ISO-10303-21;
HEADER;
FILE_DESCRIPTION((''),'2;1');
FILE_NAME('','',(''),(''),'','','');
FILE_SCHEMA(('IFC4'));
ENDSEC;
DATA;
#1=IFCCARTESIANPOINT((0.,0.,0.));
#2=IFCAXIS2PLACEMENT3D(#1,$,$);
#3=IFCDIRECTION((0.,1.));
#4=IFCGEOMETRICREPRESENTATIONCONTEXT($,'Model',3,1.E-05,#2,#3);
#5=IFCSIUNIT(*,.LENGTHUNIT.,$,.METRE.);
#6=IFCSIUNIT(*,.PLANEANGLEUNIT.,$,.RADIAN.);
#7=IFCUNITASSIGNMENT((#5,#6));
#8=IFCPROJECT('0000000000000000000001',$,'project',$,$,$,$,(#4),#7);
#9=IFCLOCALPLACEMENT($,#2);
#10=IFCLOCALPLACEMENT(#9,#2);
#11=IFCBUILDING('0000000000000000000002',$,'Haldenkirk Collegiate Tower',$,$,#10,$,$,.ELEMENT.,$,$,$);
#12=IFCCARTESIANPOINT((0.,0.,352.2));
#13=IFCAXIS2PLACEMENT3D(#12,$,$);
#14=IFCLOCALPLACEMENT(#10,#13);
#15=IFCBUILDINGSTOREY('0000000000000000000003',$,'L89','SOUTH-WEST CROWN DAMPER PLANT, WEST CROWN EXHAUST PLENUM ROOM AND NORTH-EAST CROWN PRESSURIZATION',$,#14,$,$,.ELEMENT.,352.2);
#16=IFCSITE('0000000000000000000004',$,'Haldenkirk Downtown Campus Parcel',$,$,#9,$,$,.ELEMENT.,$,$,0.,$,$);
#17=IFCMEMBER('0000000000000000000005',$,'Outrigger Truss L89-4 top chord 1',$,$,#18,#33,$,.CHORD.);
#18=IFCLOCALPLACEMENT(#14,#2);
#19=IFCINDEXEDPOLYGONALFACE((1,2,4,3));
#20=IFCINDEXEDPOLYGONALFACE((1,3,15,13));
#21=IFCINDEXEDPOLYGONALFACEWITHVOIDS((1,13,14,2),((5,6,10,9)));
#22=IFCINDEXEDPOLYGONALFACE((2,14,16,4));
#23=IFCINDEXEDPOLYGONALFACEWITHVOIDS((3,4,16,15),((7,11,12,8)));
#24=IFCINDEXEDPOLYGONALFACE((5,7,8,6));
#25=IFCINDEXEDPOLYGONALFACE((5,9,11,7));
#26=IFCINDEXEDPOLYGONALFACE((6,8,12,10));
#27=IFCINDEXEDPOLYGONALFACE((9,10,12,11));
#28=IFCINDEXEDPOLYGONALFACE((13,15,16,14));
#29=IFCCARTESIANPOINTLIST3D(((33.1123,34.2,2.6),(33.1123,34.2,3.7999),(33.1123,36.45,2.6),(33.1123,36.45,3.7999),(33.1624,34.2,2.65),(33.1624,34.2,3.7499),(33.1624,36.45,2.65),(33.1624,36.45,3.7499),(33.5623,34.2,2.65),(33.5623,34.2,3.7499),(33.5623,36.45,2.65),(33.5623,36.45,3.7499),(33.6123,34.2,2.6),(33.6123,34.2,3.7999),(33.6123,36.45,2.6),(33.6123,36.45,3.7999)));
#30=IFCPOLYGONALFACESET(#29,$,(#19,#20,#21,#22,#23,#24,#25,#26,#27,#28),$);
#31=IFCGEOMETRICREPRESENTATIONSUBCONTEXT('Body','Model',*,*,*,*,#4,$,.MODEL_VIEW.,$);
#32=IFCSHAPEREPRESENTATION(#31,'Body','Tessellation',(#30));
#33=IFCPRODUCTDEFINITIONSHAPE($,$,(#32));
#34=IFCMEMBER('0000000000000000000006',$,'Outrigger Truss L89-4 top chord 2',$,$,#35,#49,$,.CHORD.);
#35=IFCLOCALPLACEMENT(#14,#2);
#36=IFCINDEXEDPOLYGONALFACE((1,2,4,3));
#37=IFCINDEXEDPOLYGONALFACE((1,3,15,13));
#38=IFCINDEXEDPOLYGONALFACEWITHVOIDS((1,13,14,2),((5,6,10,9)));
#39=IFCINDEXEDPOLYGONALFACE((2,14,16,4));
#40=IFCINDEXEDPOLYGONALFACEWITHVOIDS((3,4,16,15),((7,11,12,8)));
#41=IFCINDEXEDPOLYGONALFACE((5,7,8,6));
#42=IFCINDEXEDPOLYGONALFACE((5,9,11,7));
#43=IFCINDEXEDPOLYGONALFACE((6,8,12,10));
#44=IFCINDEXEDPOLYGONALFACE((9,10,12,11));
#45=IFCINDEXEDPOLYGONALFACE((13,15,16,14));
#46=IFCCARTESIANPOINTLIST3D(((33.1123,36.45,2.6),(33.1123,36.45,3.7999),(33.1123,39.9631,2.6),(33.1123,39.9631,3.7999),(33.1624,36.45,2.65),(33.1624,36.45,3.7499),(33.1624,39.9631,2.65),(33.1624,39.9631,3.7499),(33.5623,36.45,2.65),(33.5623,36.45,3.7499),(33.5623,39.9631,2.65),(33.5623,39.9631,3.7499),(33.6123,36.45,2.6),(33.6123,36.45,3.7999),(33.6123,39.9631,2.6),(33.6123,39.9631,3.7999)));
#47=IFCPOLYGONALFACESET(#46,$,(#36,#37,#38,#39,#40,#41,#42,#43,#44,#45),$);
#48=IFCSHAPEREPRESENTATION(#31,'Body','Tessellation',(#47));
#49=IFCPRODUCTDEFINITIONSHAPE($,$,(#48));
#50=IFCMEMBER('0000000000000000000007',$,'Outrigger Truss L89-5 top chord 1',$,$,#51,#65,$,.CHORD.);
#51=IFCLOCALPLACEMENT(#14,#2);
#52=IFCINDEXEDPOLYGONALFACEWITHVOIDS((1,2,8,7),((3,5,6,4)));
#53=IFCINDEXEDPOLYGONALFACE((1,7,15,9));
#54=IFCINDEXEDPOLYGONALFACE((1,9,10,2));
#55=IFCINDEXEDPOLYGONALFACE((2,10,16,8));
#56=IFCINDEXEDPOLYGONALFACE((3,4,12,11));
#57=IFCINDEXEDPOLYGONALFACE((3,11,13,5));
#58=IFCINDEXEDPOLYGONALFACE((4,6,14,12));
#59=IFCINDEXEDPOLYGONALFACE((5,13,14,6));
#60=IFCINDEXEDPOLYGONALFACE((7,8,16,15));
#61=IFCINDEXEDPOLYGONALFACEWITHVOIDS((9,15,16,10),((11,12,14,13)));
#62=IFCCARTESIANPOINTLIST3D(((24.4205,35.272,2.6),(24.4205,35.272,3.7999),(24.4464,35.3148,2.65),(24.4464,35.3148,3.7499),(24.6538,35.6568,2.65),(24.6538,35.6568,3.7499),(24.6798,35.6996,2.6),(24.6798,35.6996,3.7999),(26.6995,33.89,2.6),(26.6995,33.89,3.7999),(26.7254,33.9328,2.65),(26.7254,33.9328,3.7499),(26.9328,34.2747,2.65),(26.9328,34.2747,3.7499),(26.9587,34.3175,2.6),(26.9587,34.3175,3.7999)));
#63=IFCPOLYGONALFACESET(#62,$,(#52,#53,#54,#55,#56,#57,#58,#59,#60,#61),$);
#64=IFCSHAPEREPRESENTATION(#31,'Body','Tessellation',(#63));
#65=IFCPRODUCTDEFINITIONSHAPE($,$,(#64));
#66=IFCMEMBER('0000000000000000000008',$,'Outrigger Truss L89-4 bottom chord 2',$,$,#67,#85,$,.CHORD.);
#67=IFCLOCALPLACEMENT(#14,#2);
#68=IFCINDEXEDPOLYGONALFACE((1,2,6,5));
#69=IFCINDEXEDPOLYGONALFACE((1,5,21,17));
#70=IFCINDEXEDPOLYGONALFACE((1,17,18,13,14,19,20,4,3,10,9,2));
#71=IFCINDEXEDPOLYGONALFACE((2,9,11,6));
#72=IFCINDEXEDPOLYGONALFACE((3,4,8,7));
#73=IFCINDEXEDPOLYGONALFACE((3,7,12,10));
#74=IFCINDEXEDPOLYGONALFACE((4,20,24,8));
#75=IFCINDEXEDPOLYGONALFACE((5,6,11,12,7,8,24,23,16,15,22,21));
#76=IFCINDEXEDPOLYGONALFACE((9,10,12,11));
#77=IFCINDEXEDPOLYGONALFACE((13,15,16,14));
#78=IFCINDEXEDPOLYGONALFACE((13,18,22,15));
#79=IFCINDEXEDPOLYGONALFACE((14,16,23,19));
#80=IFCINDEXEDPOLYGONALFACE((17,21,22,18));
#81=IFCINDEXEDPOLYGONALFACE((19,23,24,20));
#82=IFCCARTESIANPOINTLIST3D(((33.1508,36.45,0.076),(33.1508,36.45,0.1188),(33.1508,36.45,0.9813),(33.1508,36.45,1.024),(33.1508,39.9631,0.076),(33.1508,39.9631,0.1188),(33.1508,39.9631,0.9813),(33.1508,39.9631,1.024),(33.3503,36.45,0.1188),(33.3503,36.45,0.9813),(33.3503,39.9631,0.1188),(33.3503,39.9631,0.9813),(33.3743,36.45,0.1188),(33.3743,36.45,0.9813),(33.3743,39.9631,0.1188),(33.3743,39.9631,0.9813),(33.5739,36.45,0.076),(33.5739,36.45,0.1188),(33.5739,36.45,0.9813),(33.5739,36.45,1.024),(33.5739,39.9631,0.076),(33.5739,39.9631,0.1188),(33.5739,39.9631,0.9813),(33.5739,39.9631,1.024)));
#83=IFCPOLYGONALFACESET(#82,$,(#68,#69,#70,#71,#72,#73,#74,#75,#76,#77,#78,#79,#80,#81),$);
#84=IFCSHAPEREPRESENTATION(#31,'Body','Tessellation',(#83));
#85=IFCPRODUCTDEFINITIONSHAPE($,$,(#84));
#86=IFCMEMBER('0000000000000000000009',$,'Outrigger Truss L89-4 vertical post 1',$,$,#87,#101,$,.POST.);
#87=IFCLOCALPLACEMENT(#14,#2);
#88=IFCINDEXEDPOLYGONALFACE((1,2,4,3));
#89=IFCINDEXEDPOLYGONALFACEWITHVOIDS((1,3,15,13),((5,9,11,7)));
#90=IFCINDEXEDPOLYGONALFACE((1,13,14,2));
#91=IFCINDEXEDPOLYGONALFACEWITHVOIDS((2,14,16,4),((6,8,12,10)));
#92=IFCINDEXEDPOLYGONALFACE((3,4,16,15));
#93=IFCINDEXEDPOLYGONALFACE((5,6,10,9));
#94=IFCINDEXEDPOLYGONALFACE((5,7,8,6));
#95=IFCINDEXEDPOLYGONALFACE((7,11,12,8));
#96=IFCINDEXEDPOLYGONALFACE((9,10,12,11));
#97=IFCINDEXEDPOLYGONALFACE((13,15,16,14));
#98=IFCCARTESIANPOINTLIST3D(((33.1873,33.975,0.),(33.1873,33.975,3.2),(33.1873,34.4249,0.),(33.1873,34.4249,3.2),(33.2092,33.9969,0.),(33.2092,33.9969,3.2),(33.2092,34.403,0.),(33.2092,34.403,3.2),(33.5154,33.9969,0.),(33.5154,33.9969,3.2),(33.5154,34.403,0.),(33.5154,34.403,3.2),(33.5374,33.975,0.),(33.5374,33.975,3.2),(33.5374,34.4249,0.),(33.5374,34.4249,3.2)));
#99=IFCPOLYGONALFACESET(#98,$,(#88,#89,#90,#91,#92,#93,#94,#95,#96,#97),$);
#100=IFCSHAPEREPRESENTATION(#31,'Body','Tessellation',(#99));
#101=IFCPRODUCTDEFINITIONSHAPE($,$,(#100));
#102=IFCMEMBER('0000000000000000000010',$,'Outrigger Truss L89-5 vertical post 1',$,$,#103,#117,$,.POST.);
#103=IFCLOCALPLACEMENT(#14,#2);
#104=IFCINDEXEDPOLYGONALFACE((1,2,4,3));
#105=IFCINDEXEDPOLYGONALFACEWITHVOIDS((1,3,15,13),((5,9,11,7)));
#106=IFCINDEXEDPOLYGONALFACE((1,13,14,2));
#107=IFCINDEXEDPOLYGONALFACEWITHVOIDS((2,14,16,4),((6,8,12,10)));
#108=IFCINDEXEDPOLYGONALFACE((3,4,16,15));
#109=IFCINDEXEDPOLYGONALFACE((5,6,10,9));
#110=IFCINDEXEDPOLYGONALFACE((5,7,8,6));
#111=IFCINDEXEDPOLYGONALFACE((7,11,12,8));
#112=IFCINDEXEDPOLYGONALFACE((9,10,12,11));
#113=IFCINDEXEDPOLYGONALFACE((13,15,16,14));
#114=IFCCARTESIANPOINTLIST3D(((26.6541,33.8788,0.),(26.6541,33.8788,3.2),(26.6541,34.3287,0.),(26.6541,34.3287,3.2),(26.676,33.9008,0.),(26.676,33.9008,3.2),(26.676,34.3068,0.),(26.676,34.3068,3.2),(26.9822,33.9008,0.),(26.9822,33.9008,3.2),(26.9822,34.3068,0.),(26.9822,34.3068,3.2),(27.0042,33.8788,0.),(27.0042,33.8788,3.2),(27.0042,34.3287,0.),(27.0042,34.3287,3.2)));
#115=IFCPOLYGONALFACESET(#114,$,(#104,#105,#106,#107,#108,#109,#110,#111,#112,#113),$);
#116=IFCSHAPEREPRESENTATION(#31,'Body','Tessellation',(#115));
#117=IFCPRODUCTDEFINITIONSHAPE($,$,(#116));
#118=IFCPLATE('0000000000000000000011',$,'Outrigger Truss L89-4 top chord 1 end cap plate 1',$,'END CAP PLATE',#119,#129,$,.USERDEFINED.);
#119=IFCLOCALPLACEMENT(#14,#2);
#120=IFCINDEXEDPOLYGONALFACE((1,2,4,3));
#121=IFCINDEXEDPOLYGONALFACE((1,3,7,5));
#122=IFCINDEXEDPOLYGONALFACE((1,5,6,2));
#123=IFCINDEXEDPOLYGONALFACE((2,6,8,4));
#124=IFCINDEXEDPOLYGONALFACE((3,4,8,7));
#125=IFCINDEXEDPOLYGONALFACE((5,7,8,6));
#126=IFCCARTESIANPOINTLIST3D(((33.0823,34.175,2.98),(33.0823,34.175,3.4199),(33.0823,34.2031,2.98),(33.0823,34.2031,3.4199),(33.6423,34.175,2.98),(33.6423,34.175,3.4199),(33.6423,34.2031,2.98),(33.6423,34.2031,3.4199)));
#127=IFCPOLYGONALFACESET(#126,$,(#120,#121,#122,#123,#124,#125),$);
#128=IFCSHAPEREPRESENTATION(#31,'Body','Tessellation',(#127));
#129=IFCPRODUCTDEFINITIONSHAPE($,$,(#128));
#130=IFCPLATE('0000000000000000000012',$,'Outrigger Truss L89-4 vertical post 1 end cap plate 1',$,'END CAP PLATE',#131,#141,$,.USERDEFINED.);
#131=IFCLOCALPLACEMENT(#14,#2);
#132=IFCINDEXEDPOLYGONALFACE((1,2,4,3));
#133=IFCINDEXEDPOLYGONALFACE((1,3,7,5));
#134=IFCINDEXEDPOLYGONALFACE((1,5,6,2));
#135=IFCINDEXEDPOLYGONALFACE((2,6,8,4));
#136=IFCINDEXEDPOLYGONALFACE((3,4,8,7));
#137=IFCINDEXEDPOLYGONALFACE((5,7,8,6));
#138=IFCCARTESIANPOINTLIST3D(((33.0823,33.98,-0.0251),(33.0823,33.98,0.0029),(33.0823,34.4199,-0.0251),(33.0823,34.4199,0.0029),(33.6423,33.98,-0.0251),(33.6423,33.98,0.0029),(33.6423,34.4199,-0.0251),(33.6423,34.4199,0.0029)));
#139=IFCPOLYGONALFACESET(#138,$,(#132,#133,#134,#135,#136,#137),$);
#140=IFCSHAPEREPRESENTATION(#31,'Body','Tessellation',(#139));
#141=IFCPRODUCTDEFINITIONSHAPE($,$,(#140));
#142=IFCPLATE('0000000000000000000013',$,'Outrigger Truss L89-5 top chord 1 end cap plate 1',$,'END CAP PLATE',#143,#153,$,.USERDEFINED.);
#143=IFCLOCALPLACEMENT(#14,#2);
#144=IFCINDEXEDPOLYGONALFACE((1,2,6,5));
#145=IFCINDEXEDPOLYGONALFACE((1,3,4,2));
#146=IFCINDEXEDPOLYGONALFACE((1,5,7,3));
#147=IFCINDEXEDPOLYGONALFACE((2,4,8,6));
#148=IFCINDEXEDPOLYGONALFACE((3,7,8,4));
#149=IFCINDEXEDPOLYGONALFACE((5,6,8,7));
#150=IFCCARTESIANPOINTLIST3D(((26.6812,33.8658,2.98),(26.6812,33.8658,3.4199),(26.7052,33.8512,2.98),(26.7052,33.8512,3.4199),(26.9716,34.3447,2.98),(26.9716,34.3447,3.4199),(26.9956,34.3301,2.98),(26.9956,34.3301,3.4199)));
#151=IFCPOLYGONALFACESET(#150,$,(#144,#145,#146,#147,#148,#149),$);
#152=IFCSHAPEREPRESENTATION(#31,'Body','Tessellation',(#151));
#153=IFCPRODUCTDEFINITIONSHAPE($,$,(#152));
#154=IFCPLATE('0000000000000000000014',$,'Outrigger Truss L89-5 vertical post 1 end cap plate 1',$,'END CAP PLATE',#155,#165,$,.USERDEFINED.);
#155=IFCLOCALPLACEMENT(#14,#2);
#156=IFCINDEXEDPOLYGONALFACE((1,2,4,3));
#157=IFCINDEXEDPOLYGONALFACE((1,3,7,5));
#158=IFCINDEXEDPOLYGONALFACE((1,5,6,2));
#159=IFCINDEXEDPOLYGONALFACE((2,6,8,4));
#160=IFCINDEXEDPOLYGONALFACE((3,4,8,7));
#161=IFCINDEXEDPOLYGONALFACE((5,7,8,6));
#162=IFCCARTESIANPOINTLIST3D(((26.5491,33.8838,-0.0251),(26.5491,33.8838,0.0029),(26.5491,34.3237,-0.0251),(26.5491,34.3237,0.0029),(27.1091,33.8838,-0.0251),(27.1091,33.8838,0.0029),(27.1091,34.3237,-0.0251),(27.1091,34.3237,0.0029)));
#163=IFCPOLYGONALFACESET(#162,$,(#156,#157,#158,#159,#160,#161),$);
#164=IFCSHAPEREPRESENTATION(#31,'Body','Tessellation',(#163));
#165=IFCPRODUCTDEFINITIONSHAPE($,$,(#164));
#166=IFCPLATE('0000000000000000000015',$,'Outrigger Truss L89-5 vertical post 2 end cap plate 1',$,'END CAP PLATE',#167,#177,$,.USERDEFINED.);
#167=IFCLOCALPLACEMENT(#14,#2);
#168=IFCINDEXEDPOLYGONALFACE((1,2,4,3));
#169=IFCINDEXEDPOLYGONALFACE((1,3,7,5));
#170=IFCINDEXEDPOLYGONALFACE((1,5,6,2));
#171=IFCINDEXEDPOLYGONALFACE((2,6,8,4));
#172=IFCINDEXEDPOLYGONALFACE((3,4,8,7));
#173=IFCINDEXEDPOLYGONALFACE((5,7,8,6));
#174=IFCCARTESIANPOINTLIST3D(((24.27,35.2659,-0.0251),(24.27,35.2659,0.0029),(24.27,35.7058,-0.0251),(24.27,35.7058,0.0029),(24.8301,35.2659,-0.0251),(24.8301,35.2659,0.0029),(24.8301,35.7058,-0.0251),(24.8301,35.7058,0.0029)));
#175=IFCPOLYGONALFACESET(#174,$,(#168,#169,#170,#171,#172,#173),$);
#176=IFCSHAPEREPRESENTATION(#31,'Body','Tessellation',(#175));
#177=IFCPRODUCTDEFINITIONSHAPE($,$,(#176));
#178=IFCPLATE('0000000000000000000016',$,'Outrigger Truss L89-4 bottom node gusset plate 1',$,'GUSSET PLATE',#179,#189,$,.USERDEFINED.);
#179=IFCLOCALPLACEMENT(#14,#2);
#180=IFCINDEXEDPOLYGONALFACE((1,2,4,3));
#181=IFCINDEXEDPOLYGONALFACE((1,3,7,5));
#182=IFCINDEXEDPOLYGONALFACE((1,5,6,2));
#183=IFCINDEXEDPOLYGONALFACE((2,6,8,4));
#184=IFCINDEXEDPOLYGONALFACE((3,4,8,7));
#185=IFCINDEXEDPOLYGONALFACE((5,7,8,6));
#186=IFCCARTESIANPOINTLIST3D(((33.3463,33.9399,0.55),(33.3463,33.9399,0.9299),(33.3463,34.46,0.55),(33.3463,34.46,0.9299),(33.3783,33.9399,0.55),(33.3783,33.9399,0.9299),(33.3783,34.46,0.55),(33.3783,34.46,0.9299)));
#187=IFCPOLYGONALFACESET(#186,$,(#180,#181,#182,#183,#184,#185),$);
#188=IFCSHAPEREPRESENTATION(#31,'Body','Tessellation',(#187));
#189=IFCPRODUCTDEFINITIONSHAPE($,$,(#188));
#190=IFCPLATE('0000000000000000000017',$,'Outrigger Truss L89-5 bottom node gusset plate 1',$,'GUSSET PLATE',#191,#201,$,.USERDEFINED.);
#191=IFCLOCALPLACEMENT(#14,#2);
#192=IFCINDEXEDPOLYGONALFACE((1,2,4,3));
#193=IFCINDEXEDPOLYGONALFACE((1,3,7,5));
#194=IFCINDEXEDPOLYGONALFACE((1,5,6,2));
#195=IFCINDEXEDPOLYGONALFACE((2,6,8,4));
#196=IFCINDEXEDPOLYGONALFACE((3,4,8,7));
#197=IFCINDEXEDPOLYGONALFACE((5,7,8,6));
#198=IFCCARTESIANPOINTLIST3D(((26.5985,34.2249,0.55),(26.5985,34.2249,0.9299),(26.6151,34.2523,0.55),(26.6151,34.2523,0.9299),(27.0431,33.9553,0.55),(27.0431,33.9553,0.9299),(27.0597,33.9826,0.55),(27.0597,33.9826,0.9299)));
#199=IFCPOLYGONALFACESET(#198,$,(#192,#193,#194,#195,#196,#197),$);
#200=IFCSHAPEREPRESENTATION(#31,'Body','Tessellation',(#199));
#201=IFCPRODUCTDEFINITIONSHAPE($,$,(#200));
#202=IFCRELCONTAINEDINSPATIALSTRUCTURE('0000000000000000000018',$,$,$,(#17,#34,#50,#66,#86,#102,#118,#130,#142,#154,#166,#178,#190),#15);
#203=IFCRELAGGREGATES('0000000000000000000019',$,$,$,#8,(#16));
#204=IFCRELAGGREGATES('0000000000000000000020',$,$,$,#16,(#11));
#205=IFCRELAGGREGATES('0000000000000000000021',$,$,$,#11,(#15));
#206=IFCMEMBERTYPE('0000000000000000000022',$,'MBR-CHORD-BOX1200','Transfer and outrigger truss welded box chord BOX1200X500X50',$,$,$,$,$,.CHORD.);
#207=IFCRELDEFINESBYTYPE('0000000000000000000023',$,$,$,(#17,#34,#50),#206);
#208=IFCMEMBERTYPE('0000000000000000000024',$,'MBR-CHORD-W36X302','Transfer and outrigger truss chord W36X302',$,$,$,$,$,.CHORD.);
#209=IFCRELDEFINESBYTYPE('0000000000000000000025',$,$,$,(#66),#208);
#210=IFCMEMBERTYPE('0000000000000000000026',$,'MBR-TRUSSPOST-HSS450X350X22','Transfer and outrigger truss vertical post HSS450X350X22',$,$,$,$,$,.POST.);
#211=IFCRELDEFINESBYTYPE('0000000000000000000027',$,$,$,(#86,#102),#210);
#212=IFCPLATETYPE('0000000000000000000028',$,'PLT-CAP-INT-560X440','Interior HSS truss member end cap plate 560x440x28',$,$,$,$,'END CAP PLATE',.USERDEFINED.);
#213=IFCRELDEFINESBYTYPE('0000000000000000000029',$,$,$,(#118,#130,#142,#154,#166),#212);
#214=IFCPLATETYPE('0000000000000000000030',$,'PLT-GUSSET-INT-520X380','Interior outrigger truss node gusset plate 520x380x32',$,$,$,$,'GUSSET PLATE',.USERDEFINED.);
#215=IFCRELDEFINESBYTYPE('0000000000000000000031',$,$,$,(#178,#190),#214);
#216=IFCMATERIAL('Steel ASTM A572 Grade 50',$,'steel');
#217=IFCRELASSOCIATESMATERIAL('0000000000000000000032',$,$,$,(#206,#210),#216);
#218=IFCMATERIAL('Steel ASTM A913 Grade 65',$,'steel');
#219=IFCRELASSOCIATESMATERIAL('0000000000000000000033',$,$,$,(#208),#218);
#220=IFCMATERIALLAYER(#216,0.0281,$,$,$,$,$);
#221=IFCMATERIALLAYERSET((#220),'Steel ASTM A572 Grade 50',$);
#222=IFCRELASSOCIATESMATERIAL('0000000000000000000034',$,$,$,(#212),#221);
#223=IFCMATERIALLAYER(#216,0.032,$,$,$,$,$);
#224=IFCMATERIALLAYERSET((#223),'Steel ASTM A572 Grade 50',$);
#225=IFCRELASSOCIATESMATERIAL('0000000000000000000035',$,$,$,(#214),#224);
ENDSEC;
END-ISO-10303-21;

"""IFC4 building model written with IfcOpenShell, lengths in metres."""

from ifc_helpers import new_model, si_unit, direction, frame, origin, origin_2d, place, context, subcontext, project, spatial, rectangle, hollow_rectangle, i_section, extrude, source, transform, mapped, material, layer, layer_set, material_profile, profile_set, type_object, element, save


model = new_model("IFC4")

# Units and contexts
model_context = context("Model", 3, precision=1e-05, world=origin(), true_north=direction((0.0, 1.0)))
body_context = subcontext(model_context, "Body", "Model", "MODEL_VIEW")
ifc_project = project(units=[si_unit("LENGTHUNIT", "METRE"), si_unit("PLANEANGLEUNIT", "RADIAN")], contexts=[model_context])

# Site, building, storey
site_placement = place(None, origin())
site = spatial("IfcSite", under=ifc_project, at=site_placement, Name="Haldenkirk Downtown Campus Parcel", CompositionType="ELEMENT", RefElevation=0.0)
building_placement = place(site_placement, origin())
building = spatial("IfcBuilding", under=site, at=building_placement, Name="Haldenkirk Collegiate Tower", CompositionType="ELEMENT")
storey_placement = place(building_placement, frame((0.0, 0.0, 352.2)))
storey = spatial("IfcBuildingStorey", under=building, at=storey_placement, Name="L89", Description="SOUTH-WEST CROWN DAMPER PLANT, WEST CROWN EXHAUST PLENUM ROOM AND NORTH-EAST CROWN PRESSURIZATION", CompositionType="ELEMENT", Elevation=352.2)

# Members
ifc_material_1 = material(Name="Steel ASTM A572 Grade 50", Category="steel")
ifc_material_profile_1 = material_profile(ifc_material_1, hollow_rectangle(XDim=0.5, YDim=1.2, WallThickness=0.05, at=origin_2d()), Name="BOX1200X500X50")
ifc_profile_set_1 = profile_set([ifc_material_profile_1], Name="Steel ASTM A572 Grade 50")
member_type_1 = type_object("IfcMemberType", Name="MBR-CHORD-BOX1200", Description="Transfer and outrigger truss welded box chord BOX1200X500X50", PredefinedType="CHORD", material=ifc_profile_set_1)
member_1_placement = place(storey_placement, frame((33.3623, 34.2, 3.2), z_axis=(0.0, 1.0, 0.0), x_axis=(-1.0, 0.0, 0.0)))
element("IfcMember", 1, at=member_1_placement, inside=storey, type_object=member_type_1, Name="Outrigger Truss L89-4 top chord 1", PredefinedType="CHORD", context=body_context, shape_type="SweptSolid", body=[
    extrude(hollow_rectangle(XDim=0.5, YDim=1.2, WallThickness=0.05, at=origin_2d()), origin(), (0.0, 0.0, 1.0), 2.25),
])
member_2_placement = place(storey_placement, frame((33.3623, 36.45, 3.2), z_axis=(0.0, 1.0, 0.0), x_axis=(-1.0, 0.0, 0.0)))
element("IfcMember", 2, at=member_2_placement, inside=storey, type_object=member_type_1, Name="Outrigger Truss L89-4 top chord 2", PredefinedType="CHORD", context=body_context, shape_type="SweptSolid", body=[
    extrude(hollow_rectangle(XDim=0.5, YDim=1.2, WallThickness=0.05, at=origin_2d()), origin(), (0.0, 0.0, 1.0), 3.5132),
])
member_3_placement = place(storey_placement, frame((26.8291, 34.1038, 3.2), z_axis=(-0.855059, 0.518531, 0.0), x_axis=(-0.518531, -0.855059, 0.0)))
element("IfcMember", 3, at=member_3_placement, inside=storey, type_object=member_type_1, Name="Outrigger Truss L89-5 top chord 1", PredefinedType="CHORD", context=body_context, shape_type="SweptSolid", body=[
    extrude(hollow_rectangle(XDim=0.5, YDim=1.2, WallThickness=0.05, at=origin_2d()), origin(), (0.0, 0.0, 1.0), 2.6653),
])
ifc_material_2 = material(Name="Steel ASTM A913 Grade 65", Category="steel")
ifc_material_profile_2 = material_profile(ifc_material_2, i_section(OverallWidth=0.4231, OverallDepth=0.948, WebThickness=0.0239, FlangeThickness=0.0427, at=origin_2d()), Name="W36X302")
ifc_profile_set_2 = profile_set([ifc_material_profile_2], Name="Steel ASTM A913 Grade 65")
member_type_2 = type_object("IfcMemberType", Name="MBR-CHORD-W36X302", Description="Transfer and outrigger truss chord W36X302", PredefinedType="CHORD", material=ifc_profile_set_2)
member_4_placement = place(storey_placement, frame((33.3623, 36.45, 0.55), z_axis=(0.0, 1.0, 0.0), x_axis=(-1.0, 0.0, 0.0)))
element("IfcMember", 4, at=member_4_placement, inside=storey, type_object=member_type_2, Name="Outrigger Truss L89-4 bottom chord 2", PredefinedType="CHORD", context=body_context, shape_type="SweptSolid", body=[
    extrude(i_section(OverallWidth=0.4231, OverallDepth=0.948, WebThickness=0.0239, FlangeThickness=0.0427, at=origin_2d()), origin(), (0.0, 0.0, 1.0), 3.5132),
])
ifc_material_profile_3 = material_profile(ifc_material_1, hollow_rectangle(XDim=0.3501, YDim=0.45, WallThickness=0.022, at=origin_2d()), Name="HSS450X350X22")
ifc_profile_set_3 = profile_set([ifc_material_profile_3], Name="Steel ASTM A572 Grade 50")
member_type_3 = type_object("IfcMemberType", Name="MBR-TRUSSPOST-HSS450X350X22", Description="Transfer and outrigger truss vertical post HSS450X350X22", PredefinedType="POST", material=ifc_profile_set_3)
for number, where, z_axis, x_axis, name in (
    (5, (33.3623, 34.2, 0.0), (0.0, 0.0, 1.0), (1.0, 0.0, 0.0), "Outrigger Truss L89-4 vertical post 1"),
    (6, (26.8291, 34.1038, 0.0), (0.0, 0.0, 1.0), (1.0, 0.0, 0.0), "Outrigger Truss L89-5 vertical post 1"),
):
    element("IfcMember", number, at=place(storey_placement, frame(where, z_axis=z_axis, x_axis=x_axis)), inside=storey, type_object=member_type_3, Name=name, PredefinedType="POST", context=body_context, shape_type="SweptSolid", body=[
        extrude(hollow_rectangle(XDim=0.3501, YDim=0.45, WallThickness=0.022, at=origin_2d()), origin(), (0.0, 0.0, 1.0), 3.2),
    ])

# Plates
ifc_layer_1 = layer(ifc_material_1, 0.0281)
ifc_layer_set_1 = layer_set([ifc_layer_1], Name="Steel ASTM A572 Grade 50")
plate_type_1 = type_object("IfcPlateType", Name="PLT-CAP-INT-560X440", Description="Interior HSS truss member end cap plate 560x440x28", ElementType="END CAP PLATE", PredefinedType="USERDEFINED", material=ifc_layer_set_1)
shared_shape_1 = source(origin(), body_context, "Body", "SweptSolid", [
    extrude(rectangle(XDim=0.5601, YDim=0.4399, at=origin_2d()), origin(), (0.0, 0.0, 1.0), 0.0281),
])
for number, where, z_axis, x_axis, name in (
    (7, (33.3623, 34.2031, 3.2), (0.0, -1.0, 0.0), (1.0, 0.0, 0.0), "Outrigger Truss L89-4 top chord 1 end cap plate 1"),
    (8, (33.3623, 34.2, 0.0029), (0.0, 0.0, -1.0), (1.0, 0.0, 0.0), "Outrigger Truss L89-4 vertical post 1 end cap plate 1"),
    (9, (26.8264, 34.1052, 3.2), (0.855034, -0.518573, 0.0), (0.518573, 0.855034, 0.0), "Outrigger Truss L89-5 top chord 1 end cap plate 1"),
    (10, (26.8291, 34.1038, 0.0029), (0.0, 0.0, -1.0), (1.0, 0.0, 0.0), "Outrigger Truss L89-5 vertical post 1 end cap plate 1"),
    (11, (24.55, 35.4858, 0.0029), (0.0, 0.0, -1.0), (1.0, 0.0, 0.0), "Outrigger Truss L89-5 vertical post 2 end cap plate 1"),
):
    element("IfcPlate", number, at=place(storey_placement, frame(where, z_axis=z_axis, x_axis=x_axis)), inside=storey, type_object=plate_type_1, Name=name, ObjectType="END CAP PLATE", PredefinedType="USERDEFINED", context=body_context, shape_type="MappedRepresentation", body=[
        mapped(shared_shape_1, transform((0.0, 0.0, 0.0), x_axis=(1.0, 0.0, 0.0), y_axis=(0.0, 1.0, 0.0), z_axis=(0.0, 0.0, 1.0), scale=1.0)),
    ])
ifc_layer_2 = layer(ifc_material_1, 0.032)
ifc_layer_set_2 = layer_set([ifc_layer_2], Name="Steel ASTM A572 Grade 50")
plate_type_2 = type_object("IfcPlateType", Name="PLT-GUSSET-INT-520X380", Description="Interior outrigger truss node gusset plate 520x380x32", ElementType="GUSSET PLATE", PredefinedType="USERDEFINED", material=ifc_layer_set_2)
shared_shape_2 = source(origin(), body_context, "Body", "SweptSolid", [
    extrude(rectangle(XDim=0.52, YDim=0.032, at=origin_2d()), origin(), (0.0, 0.0, 1.0), 0.3799),
])
for number, where, z_axis, x_axis, name in (
    (12, (33.3623, 34.2, 0.55), (0.0, 0.0, 1.0), (0.0, 1.0, 0.0), "Outrigger Truss L89-4 bottom node gusset plate 1"),
    (13, (26.8291, 34.1038, 0.55), (0.0, 0.0, 1.0), (-0.855031, 0.518578, 0.0), "Outrigger Truss L89-5 bottom node gusset plate 1"),
):
    element("IfcPlate", number, at=place(storey_placement, frame(where, z_axis=z_axis, x_axis=x_axis)), inside=storey, type_object=plate_type_2, Name=name, ObjectType="GUSSET PLATE", PredefinedType="USERDEFINED", context=body_context, shape_type="MappedRepresentation", body=[
        mapped(shared_shape_2, transform((0.0, 0.0, 0.0), x_axis=(1.0, 0.0, 0.0), y_axis=(0.0, 1.0, 0.0), z_axis=(0.0, 0.0, 1.0), scale=1.0)),
    ])

save(model, "model.ifc")
